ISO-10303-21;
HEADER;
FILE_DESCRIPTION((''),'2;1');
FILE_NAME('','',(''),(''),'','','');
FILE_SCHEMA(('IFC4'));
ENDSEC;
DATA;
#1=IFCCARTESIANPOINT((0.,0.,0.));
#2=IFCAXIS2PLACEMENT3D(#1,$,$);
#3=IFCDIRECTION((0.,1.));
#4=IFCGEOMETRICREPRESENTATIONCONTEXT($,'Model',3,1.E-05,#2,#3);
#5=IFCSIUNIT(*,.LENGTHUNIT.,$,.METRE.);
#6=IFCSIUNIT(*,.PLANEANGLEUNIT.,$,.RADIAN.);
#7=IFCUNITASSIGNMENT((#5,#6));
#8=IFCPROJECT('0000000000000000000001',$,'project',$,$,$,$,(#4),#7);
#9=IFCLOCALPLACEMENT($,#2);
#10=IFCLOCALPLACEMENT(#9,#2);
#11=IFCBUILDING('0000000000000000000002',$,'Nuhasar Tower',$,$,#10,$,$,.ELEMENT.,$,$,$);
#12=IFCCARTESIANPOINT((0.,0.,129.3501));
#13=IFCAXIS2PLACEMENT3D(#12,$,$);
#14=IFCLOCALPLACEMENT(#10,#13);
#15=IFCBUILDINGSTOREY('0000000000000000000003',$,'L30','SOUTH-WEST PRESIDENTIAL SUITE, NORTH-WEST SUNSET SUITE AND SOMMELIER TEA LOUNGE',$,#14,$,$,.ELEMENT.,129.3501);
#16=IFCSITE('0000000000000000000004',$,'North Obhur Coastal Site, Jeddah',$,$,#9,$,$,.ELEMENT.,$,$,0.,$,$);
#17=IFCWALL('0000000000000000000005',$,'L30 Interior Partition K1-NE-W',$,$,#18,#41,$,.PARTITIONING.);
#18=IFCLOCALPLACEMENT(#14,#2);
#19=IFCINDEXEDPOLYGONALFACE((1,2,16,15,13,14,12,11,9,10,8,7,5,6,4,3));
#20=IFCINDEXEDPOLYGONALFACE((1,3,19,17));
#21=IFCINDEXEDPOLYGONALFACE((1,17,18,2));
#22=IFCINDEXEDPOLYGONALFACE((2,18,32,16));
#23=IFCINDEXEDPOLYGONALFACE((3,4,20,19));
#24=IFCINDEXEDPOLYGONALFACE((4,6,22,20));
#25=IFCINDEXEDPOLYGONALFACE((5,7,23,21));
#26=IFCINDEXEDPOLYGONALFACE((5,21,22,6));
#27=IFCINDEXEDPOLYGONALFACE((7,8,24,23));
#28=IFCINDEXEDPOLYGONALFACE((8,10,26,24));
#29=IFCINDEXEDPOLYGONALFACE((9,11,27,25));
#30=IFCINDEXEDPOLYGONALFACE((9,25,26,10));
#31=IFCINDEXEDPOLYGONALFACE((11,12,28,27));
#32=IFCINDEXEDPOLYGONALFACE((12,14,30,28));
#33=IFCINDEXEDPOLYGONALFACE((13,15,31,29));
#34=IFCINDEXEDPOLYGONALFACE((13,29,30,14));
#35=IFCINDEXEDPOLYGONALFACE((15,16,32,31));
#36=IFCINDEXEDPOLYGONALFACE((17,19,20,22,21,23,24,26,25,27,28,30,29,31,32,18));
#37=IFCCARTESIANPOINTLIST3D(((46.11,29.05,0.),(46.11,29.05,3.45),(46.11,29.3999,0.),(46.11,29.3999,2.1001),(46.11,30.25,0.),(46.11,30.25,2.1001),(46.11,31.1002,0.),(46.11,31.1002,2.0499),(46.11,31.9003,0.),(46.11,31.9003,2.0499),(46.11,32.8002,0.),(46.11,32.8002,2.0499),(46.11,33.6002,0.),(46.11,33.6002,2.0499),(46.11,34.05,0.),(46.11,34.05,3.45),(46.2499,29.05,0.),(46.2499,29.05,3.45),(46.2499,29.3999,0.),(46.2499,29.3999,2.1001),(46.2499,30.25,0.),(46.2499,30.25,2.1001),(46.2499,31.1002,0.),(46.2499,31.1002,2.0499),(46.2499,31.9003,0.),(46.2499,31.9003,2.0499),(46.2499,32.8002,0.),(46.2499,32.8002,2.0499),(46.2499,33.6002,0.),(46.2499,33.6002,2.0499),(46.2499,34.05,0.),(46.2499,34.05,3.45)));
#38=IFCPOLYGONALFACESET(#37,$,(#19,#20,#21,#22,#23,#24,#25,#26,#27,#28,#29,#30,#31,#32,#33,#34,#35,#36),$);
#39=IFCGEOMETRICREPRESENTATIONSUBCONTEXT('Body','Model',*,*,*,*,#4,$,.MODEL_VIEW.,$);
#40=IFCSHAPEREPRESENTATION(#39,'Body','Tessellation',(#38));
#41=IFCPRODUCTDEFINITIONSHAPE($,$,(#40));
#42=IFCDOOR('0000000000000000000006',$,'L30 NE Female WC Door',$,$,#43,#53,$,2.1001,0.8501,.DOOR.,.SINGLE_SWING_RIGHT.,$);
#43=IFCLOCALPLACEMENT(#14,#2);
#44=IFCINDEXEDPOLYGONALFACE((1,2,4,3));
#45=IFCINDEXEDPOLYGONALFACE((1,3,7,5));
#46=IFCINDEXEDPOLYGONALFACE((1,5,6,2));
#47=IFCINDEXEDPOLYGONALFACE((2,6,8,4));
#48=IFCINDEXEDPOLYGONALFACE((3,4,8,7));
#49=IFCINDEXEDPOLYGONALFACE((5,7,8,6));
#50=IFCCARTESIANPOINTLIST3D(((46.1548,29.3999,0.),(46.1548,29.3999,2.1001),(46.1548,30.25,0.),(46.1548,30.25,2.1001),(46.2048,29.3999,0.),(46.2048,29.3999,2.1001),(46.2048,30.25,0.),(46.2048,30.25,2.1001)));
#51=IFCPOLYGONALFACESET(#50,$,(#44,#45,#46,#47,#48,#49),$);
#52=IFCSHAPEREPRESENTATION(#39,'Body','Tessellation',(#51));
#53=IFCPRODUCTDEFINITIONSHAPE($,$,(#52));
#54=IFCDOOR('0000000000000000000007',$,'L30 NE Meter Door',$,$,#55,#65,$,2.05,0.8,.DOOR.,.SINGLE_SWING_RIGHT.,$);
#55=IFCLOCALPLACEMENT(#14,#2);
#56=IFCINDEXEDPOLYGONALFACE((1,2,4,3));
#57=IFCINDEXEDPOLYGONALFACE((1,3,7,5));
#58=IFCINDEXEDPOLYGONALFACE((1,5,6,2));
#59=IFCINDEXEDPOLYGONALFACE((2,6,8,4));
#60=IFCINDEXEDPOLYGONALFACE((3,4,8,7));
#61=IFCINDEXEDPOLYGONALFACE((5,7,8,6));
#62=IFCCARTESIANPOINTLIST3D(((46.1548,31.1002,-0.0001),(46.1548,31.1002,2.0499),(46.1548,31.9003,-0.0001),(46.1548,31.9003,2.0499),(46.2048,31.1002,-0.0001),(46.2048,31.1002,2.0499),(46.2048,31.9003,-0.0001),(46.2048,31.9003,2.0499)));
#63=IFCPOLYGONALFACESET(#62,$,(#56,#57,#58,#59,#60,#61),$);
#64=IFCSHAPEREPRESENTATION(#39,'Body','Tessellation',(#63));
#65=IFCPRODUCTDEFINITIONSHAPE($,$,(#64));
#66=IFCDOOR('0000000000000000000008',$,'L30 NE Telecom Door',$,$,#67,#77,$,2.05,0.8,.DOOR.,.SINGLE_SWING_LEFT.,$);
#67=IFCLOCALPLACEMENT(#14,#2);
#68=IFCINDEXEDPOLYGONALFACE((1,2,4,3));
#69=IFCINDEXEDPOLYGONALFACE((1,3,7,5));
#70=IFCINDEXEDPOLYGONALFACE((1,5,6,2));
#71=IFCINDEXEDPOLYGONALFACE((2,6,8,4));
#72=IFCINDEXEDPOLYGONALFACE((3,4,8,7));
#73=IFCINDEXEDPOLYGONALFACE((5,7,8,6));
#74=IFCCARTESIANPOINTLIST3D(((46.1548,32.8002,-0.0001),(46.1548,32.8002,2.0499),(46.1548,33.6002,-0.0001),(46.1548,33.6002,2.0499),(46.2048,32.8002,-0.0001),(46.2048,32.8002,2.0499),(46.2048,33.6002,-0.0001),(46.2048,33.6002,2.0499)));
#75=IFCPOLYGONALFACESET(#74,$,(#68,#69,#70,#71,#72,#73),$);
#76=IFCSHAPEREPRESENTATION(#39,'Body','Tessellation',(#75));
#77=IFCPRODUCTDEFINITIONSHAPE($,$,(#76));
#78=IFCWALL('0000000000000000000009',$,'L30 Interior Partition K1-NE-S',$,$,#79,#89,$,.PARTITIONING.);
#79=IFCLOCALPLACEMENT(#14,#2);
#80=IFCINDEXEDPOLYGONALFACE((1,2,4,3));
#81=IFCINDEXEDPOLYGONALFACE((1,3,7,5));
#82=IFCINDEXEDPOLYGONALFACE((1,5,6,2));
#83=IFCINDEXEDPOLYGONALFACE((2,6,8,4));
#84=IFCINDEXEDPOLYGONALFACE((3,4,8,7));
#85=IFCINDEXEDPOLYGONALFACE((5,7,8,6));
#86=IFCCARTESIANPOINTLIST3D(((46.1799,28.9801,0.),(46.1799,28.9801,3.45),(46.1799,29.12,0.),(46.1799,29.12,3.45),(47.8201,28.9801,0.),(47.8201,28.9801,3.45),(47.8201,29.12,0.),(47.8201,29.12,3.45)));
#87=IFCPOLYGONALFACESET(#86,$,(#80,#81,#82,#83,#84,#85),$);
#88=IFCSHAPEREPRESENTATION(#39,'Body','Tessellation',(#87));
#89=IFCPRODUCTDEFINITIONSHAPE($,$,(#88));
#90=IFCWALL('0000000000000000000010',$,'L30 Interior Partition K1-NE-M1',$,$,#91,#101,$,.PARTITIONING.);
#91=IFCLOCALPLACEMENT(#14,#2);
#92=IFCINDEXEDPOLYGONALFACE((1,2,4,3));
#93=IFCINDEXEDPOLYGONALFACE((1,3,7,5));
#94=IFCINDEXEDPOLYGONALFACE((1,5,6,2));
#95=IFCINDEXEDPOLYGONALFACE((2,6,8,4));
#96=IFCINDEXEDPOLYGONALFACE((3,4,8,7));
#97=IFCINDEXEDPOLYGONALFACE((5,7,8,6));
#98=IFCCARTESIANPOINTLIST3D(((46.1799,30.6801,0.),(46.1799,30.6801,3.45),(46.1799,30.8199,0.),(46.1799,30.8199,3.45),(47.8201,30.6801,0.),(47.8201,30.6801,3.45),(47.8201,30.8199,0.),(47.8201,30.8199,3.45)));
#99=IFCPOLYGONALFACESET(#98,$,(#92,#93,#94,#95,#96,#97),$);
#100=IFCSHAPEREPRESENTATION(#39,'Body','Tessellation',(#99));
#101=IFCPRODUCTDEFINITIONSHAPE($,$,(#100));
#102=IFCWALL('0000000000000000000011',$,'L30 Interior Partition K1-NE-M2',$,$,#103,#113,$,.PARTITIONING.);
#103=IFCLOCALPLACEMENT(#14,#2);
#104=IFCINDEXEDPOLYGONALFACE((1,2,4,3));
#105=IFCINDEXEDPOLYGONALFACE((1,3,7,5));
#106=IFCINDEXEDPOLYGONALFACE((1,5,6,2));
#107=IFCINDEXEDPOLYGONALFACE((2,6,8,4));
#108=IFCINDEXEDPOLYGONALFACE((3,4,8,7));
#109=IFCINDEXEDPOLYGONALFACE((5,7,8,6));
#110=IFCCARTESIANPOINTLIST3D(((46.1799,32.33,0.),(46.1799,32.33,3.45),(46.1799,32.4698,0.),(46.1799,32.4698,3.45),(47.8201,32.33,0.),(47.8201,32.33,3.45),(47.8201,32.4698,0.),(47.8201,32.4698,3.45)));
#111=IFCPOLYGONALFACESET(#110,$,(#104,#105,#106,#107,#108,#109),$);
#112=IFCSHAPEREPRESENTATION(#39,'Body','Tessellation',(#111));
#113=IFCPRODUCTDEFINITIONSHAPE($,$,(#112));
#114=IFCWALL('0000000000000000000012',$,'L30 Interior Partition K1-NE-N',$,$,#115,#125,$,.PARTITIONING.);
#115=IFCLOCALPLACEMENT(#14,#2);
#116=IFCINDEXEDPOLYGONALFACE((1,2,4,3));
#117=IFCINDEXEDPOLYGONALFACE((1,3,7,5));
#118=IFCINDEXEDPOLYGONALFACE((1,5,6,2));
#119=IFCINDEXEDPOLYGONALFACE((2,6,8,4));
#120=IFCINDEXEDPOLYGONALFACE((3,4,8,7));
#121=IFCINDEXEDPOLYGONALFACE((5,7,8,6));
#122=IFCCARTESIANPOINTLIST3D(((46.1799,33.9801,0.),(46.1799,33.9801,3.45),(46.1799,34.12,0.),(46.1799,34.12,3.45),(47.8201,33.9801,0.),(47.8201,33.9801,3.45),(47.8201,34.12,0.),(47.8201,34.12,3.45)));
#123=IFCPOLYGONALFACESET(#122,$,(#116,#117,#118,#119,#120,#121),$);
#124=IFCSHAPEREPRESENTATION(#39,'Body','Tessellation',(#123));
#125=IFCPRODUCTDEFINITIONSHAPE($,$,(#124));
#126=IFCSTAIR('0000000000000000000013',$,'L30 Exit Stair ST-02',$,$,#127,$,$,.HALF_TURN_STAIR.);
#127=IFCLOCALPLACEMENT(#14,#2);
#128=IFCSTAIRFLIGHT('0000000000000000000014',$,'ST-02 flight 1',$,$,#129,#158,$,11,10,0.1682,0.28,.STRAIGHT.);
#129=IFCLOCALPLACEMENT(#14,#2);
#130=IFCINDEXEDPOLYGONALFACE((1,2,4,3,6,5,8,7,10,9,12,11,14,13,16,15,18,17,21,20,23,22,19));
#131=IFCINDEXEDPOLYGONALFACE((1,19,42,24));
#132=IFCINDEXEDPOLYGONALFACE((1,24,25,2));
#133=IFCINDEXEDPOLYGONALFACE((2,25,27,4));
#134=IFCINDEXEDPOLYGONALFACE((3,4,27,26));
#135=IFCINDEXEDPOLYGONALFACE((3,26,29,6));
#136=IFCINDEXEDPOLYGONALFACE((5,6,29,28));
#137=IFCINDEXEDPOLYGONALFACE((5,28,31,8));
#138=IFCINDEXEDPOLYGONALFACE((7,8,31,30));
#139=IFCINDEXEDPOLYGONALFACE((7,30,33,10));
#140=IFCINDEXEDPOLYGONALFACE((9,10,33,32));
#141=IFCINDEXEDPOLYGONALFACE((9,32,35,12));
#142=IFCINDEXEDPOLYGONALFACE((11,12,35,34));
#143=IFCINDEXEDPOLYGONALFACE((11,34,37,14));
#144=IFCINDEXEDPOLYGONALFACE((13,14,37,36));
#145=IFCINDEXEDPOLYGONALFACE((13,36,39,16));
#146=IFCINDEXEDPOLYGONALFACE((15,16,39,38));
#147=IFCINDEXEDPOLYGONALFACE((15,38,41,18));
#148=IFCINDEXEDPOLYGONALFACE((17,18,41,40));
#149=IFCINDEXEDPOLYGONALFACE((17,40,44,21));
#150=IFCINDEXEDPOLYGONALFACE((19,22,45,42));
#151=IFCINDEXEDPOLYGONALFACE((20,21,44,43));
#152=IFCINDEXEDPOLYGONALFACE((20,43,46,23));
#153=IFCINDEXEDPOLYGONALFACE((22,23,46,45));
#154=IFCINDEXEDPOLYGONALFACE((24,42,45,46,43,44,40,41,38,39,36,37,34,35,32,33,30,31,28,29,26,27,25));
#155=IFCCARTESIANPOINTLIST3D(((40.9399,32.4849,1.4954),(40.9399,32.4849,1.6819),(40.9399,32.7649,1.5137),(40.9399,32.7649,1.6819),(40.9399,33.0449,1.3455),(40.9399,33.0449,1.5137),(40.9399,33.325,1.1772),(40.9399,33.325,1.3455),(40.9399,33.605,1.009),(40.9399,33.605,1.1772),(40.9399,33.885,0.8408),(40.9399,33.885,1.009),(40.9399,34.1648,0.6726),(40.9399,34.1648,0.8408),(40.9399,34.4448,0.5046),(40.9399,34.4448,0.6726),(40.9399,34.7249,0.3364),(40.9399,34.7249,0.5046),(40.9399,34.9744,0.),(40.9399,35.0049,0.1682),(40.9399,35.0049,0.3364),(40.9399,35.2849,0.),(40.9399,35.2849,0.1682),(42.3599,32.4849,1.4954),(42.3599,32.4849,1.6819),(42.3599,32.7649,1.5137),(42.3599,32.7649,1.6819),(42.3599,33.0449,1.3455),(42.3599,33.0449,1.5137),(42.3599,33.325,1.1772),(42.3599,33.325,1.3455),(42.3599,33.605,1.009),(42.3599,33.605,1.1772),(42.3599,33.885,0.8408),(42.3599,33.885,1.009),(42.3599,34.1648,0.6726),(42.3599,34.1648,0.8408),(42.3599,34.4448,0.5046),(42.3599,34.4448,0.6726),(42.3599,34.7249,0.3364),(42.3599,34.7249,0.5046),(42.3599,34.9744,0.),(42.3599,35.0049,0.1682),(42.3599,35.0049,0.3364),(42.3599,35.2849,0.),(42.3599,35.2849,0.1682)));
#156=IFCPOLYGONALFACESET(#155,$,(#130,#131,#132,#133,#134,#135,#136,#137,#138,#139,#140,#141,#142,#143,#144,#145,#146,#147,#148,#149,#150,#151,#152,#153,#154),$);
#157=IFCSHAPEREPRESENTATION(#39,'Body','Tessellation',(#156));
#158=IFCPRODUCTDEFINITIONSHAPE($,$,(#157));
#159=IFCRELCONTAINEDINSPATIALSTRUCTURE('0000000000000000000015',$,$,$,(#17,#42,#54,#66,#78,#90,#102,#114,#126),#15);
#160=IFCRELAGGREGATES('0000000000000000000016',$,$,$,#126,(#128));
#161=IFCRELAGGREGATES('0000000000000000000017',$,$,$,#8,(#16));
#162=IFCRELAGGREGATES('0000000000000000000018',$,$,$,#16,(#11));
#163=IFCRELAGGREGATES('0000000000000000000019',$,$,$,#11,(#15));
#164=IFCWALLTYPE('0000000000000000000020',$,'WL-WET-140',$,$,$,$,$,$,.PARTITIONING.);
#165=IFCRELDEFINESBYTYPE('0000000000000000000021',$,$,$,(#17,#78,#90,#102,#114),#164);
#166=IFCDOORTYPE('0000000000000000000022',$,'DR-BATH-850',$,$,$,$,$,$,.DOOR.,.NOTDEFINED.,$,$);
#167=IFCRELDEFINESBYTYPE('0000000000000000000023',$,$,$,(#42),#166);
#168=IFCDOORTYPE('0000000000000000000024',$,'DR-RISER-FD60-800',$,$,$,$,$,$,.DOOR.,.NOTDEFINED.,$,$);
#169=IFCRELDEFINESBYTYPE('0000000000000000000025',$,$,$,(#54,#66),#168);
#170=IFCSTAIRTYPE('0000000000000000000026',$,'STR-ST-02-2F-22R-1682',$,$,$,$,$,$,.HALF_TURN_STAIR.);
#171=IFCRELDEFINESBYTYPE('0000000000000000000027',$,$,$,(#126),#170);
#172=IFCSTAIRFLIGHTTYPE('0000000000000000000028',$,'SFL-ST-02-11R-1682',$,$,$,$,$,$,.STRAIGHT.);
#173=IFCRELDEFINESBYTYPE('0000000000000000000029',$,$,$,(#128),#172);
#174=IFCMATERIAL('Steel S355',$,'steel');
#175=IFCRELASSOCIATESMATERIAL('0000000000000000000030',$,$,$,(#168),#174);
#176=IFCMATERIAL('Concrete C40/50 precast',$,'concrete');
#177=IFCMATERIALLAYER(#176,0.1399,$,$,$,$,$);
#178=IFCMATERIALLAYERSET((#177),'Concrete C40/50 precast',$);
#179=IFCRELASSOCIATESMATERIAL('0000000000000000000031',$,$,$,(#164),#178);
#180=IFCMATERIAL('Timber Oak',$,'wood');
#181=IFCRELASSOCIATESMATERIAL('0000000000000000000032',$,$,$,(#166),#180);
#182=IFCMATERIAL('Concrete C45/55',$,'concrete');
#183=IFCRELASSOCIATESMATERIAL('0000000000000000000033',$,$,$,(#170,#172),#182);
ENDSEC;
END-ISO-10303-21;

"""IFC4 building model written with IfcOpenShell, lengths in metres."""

from ifc_helpers import new_model, si_unit, direction, frame, frame_2d, origin, place, context, subcontext, project, spatial, polyline, rectangle, outline, extrude, material, layer, layer_set, type_object, element, fill, aggregate, save


model = new_model("IFC4")

# Units and contexts
model_context = context("Model", 3, precision=1e-05, world=origin(), true_north=direction((0.0, 1.0)))
body_context = subcontext(model_context, "Body", "Model", "MODEL_VIEW")
ifc_project = project(units=[si_unit("LENGTHUNIT", "METRE"), si_unit("PLANEANGLEUNIT", "RADIAN")], contexts=[model_context])

# Site, building, storey
site_placement = place(None, origin())
site = spatial("IfcSite", under=ifc_project, at=site_placement, Name="North Obhur Coastal Site, Jeddah", CompositionType="ELEMENT", RefElevation=0.0)
building_placement = place(site_placement, origin())
building = spatial("IfcBuilding", under=site, at=building_placement, Name="Nuhasar Tower", CompositionType="ELEMENT")
storey_placement = place(building_placement, frame((0.0, 0.0, 129.3501)))
storey = spatial("IfcBuildingStorey", under=building, at=storey_placement, Name="L30", Description="SOUTH-WEST PRESIDENTIAL SUITE, NORTH-WEST SUNSET SUITE AND SOMMELIER TEA LOUNGE", CompositionType="ELEMENT", Elevation=129.3501)

# Shared definitions
ifc_material_1 = material(Name="Steel S355", Category="steel")

# Shared definitions
ifc_material_2 = material(Name="Concrete C45/55", Category="concrete")

# Shared definitions
door_type_1 = type_object("IfcDoorType", Name="DR-RISER-FD60-800", OperationType="NOTDEFINED", PredefinedType="DOOR", material=ifc_material_1)

# Shared definitions
ifc_material_3 = material(Name="Concrete C40/50 precast", Category="concrete")
ifc_layer_1 = layer(ifc_material_3, 0.1399)
ifc_layer_set_1 = layer_set([ifc_layer_1], Name="Concrete C40/50 precast")
wall_type_1 = type_object("IfcWallType", Name="WL-WET-140", PredefinedType="PARTITIONING", material=ifc_layer_set_1)

# Wall, openings, doors
wall_1_placement = place(storey_placement, frame((46.1799, 34.05, 0.0), z_axis=(0.0, 0.0, 1.0), x_axis=(0.0, -1.0, 0.0)))
wall_1 = element("IfcWall", 1, at=wall_1_placement, inside=storey, type_object=wall_type_1, Name="L30 Interior Partition K1-NE-W", PredefinedType="PARTITIONING", context=body_context, shape_type="SweptSolid", body=[
    extrude(rectangle(XDim=5.0, YDim=0.1399, at=frame_2d((2.5, 0.0))), origin(), (0.0, 0.0, 1.0), 3.45),
])
opening_1_placement = place(wall_1_placement, frame((3.8, 0.0, 0.0)))
opening_1 = element("IfcOpeningElement", 2, at=opening_1_placement, cuts=wall_1, PredefinedType="OPENING", context=body_context, shape_type="SweptSolid", body=[
    extrude(rectangle(XDim=0.8501, YDim=2.1001, at=frame_2d((0.425, 1.05))), frame((0.0, 0.0801, 0.0), z_axis=(0.0, -1.0, 0.0), x_axis=(1.0, 0.0, 0.0)), (0.0, 0.0, 1.0), 0.1599),
])
opening_2_placement = place(wall_1_placement, frame((2.1499, 0.0, 0.0)))
opening_2 = element("IfcOpeningElement", 3, at=opening_2_placement, cuts=wall_1, PredefinedType="OPENING", context=body_context, shape_type="SweptSolid", body=[
    extrude(rectangle(XDim=0.8, YDim=2.05, at=frame_2d((0.3999, 1.0249))), frame((0.0, 0.0801, 0.0), z_axis=(0.0, -1.0, 0.0), x_axis=(1.0, 0.0, 0.0)), (0.0, 0.0, 1.0), 0.1599),
])
opening_3_placement = place(wall_1_placement, frame((0.45, 0.0, 0.0)))
opening_3 = element("IfcOpeningElement", 4, at=opening_3_placement, cuts=wall_1, PredefinedType="OPENING", context=body_context, shape_type="SweptSolid", body=[
    extrude(rectangle(XDim=0.8, YDim=2.05, at=frame_2d((0.3999, 1.0249))), frame((0.0, 0.0801, 0.0), z_axis=(0.0, -1.0, 0.0), x_axis=(1.0, 0.0, 0.0)), (0.0, 0.0, 1.0), 0.1599),
])
ifc_material_4 = material(Name="Timber Oak", Category="wood")
door_type_2 = type_object("IfcDoorType", Name="DR-BATH-850", OperationType="NOTDEFINED", PredefinedType="DOOR", material=ifc_material_4)
door_1_placement = place(opening_1_placement, origin())
door_1 = element("IfcDoor", 5, at=door_1_placement, inside=storey, type_object=door_type_2, Name="L30 NE Female WC Door", OperationType="SINGLE_SWING_RIGHT", OverallHeight=2.1001, OverallWidth=0.8501, PredefinedType="DOOR", context=body_context, shape_type="SweptSolid", body=[
    extrude(rectangle(XDim=0.8501, YDim=2.1001, at=frame_2d((0.425, 1.05))), frame((0.0, 0.0249, 0.0), z_axis=(0.0, -1.0, 0.0), x_axis=(1.0, 0.0, 0.0)), (0.0, 0.0, 1.0), 0.05),
])
fill(opening_1, door_1)
door_2_placement = place(opening_2_placement, origin())
door_2 = element("IfcDoor", 6, at=door_2_placement, inside=storey, type_object=door_type_1, Name="L30 NE Meter Door", OperationType="SINGLE_SWING_RIGHT", OverallHeight=2.05, OverallWidth=0.8, PredefinedType="DOOR", context=body_context, shape_type="SweptSolid", body=[
    extrude(rectangle(XDim=0.8, YDim=2.05, at=frame_2d((0.3999, 1.0249))), frame((0.0, 0.0249, 0.0), z_axis=(0.0, -1.0, 0.0), x_axis=(1.0, 0.0, 0.0)), (0.0, 0.0, 1.0), 0.05),
])
fill(opening_2, door_2)
door_3_placement = place(opening_3_placement, origin())
door_3 = element("IfcDoor", 7, at=door_3_placement, inside=storey, type_object=door_type_1, Name="L30 NE Telecom Door", OperationType="SINGLE_SWING_LEFT", OverallHeight=2.05, OverallWidth=0.8, PredefinedType="DOOR", context=body_context, shape_type="SweptSolid", body=[
    extrude(rectangle(XDim=0.8, YDim=2.05, at=frame_2d((0.3999, 1.0249))), frame((0.0, 0.0249, 0.0), z_axis=(0.0, -1.0, 0.0), x_axis=(1.0, 0.0, 0.0)), (0.0, 0.0, 1.0), 0.05),
])
fill(opening_3, door_3)

# Walls
for number, where, z_axis, x_axis, name in (
    (8, (46.1799, 29.05, 0.0), (0.0, 0.0, 1.0), (1.0, 0.0, 0.0), "L30 Interior Partition K1-NE-S"),
    (9, (46.1799, 30.75, 0.0), (0.0, 0.0, 1.0), (1.0, 0.0, 0.0), "L30 Interior Partition K1-NE-M1"),
    (10, (46.1799, 32.3999, 0.0), (0.0, 0.0, 1.0), (1.0, 0.0, 0.0), "L30 Interior Partition K1-NE-M2"),
    (11, (46.1799, 34.05, 0.0), (0.0, 0.0, 1.0), (1.0, 0.0, 0.0), "L30 Interior Partition K1-NE-N"),
):
    element("IfcWall", number, at=place(storey_placement, frame(where, z_axis=z_axis, x_axis=x_axis)), inside=storey, type_object=wall_type_1, Name=name, PredefinedType="PARTITIONING", context=body_context, shape_type="SweptSolid", body=[
        extrude(rectangle(XDim=1.6401, YDim=0.1399, at=frame_2d((0.8201, 0.0))), origin(), (0.0, 0.0, 1.0), 3.45),
    ])

# Stair, stair flight
stair_type_1 = type_object("IfcStairType", Name="STR-ST-02-2F-22R-1682", PredefinedType="HALF_TURN_STAIR", material=ifc_material_2)
stair_1_placement = place(storey_placement, origin())
stair_1 = element("IfcStair", 12, at=stair_1_placement, inside=storey, type_object=stair_type_1, Name="L30 Exit Stair ST-02", PredefinedType="HALF_TURN_STAIR")
stair_flight_type_1 = type_object("IfcStairFlightType", Name="SFL-ST-02-11R-1682", PredefinedType="STRAIGHT", material=ifc_material_2)
stair_flight_1_placement = place(storey_placement, frame((41.6499, 35.2849, 0.0), z_axis=(0.0, 0.0, 1.0), x_axis=(0.0, -1.0, 0.0)))
stair_flight_1 = element("IfcStairFlight", 13, at=stair_flight_1_placement, type_object=stair_flight_type_1, Name="ST-02 flight 1", NumberOfRisers=11, NumberOfTreads=10, PredefinedType="STRAIGHT", RiserHeight=0.1682, TreadLength=0.28, context=body_context, shape_type="SweptSolid", body=[
    extrude(outline(polyline([(0.0, 0.0), (0.0, 0.1682), (0.28, 0.1682), (0.28, 0.3364), (0.5601, 0.3364), (0.5601, 0.5046), (0.8401, 0.5046), (0.8401, 0.6726), (1.1201, 0.6726), (1.1201, 0.8408), (1.3999, 0.8408), (1.3999, 1.009), (1.6799, 1.009), (1.6799, 1.1772), (1.96, 1.1772), (1.96, 1.3455), (2.24, 1.3455), (2.24, 1.5137), (2.52, 1.5137), (2.52, 1.6819), (2.8, 1.6819), (2.8, 1.8501), (2.8, 1.4954), (0.3105, 0.0), (0.0, 0.0)])), frame((0.0, 0.71, 0.0), z_axis=(0.0, -1.0, 0.0), x_axis=(1.0, 0.0, 0.0)), (0.0, 0.0, 1.0), 1.4199),
])
aggregate(stair_1, [stair_flight_1])

save(model, "model.ifc")
